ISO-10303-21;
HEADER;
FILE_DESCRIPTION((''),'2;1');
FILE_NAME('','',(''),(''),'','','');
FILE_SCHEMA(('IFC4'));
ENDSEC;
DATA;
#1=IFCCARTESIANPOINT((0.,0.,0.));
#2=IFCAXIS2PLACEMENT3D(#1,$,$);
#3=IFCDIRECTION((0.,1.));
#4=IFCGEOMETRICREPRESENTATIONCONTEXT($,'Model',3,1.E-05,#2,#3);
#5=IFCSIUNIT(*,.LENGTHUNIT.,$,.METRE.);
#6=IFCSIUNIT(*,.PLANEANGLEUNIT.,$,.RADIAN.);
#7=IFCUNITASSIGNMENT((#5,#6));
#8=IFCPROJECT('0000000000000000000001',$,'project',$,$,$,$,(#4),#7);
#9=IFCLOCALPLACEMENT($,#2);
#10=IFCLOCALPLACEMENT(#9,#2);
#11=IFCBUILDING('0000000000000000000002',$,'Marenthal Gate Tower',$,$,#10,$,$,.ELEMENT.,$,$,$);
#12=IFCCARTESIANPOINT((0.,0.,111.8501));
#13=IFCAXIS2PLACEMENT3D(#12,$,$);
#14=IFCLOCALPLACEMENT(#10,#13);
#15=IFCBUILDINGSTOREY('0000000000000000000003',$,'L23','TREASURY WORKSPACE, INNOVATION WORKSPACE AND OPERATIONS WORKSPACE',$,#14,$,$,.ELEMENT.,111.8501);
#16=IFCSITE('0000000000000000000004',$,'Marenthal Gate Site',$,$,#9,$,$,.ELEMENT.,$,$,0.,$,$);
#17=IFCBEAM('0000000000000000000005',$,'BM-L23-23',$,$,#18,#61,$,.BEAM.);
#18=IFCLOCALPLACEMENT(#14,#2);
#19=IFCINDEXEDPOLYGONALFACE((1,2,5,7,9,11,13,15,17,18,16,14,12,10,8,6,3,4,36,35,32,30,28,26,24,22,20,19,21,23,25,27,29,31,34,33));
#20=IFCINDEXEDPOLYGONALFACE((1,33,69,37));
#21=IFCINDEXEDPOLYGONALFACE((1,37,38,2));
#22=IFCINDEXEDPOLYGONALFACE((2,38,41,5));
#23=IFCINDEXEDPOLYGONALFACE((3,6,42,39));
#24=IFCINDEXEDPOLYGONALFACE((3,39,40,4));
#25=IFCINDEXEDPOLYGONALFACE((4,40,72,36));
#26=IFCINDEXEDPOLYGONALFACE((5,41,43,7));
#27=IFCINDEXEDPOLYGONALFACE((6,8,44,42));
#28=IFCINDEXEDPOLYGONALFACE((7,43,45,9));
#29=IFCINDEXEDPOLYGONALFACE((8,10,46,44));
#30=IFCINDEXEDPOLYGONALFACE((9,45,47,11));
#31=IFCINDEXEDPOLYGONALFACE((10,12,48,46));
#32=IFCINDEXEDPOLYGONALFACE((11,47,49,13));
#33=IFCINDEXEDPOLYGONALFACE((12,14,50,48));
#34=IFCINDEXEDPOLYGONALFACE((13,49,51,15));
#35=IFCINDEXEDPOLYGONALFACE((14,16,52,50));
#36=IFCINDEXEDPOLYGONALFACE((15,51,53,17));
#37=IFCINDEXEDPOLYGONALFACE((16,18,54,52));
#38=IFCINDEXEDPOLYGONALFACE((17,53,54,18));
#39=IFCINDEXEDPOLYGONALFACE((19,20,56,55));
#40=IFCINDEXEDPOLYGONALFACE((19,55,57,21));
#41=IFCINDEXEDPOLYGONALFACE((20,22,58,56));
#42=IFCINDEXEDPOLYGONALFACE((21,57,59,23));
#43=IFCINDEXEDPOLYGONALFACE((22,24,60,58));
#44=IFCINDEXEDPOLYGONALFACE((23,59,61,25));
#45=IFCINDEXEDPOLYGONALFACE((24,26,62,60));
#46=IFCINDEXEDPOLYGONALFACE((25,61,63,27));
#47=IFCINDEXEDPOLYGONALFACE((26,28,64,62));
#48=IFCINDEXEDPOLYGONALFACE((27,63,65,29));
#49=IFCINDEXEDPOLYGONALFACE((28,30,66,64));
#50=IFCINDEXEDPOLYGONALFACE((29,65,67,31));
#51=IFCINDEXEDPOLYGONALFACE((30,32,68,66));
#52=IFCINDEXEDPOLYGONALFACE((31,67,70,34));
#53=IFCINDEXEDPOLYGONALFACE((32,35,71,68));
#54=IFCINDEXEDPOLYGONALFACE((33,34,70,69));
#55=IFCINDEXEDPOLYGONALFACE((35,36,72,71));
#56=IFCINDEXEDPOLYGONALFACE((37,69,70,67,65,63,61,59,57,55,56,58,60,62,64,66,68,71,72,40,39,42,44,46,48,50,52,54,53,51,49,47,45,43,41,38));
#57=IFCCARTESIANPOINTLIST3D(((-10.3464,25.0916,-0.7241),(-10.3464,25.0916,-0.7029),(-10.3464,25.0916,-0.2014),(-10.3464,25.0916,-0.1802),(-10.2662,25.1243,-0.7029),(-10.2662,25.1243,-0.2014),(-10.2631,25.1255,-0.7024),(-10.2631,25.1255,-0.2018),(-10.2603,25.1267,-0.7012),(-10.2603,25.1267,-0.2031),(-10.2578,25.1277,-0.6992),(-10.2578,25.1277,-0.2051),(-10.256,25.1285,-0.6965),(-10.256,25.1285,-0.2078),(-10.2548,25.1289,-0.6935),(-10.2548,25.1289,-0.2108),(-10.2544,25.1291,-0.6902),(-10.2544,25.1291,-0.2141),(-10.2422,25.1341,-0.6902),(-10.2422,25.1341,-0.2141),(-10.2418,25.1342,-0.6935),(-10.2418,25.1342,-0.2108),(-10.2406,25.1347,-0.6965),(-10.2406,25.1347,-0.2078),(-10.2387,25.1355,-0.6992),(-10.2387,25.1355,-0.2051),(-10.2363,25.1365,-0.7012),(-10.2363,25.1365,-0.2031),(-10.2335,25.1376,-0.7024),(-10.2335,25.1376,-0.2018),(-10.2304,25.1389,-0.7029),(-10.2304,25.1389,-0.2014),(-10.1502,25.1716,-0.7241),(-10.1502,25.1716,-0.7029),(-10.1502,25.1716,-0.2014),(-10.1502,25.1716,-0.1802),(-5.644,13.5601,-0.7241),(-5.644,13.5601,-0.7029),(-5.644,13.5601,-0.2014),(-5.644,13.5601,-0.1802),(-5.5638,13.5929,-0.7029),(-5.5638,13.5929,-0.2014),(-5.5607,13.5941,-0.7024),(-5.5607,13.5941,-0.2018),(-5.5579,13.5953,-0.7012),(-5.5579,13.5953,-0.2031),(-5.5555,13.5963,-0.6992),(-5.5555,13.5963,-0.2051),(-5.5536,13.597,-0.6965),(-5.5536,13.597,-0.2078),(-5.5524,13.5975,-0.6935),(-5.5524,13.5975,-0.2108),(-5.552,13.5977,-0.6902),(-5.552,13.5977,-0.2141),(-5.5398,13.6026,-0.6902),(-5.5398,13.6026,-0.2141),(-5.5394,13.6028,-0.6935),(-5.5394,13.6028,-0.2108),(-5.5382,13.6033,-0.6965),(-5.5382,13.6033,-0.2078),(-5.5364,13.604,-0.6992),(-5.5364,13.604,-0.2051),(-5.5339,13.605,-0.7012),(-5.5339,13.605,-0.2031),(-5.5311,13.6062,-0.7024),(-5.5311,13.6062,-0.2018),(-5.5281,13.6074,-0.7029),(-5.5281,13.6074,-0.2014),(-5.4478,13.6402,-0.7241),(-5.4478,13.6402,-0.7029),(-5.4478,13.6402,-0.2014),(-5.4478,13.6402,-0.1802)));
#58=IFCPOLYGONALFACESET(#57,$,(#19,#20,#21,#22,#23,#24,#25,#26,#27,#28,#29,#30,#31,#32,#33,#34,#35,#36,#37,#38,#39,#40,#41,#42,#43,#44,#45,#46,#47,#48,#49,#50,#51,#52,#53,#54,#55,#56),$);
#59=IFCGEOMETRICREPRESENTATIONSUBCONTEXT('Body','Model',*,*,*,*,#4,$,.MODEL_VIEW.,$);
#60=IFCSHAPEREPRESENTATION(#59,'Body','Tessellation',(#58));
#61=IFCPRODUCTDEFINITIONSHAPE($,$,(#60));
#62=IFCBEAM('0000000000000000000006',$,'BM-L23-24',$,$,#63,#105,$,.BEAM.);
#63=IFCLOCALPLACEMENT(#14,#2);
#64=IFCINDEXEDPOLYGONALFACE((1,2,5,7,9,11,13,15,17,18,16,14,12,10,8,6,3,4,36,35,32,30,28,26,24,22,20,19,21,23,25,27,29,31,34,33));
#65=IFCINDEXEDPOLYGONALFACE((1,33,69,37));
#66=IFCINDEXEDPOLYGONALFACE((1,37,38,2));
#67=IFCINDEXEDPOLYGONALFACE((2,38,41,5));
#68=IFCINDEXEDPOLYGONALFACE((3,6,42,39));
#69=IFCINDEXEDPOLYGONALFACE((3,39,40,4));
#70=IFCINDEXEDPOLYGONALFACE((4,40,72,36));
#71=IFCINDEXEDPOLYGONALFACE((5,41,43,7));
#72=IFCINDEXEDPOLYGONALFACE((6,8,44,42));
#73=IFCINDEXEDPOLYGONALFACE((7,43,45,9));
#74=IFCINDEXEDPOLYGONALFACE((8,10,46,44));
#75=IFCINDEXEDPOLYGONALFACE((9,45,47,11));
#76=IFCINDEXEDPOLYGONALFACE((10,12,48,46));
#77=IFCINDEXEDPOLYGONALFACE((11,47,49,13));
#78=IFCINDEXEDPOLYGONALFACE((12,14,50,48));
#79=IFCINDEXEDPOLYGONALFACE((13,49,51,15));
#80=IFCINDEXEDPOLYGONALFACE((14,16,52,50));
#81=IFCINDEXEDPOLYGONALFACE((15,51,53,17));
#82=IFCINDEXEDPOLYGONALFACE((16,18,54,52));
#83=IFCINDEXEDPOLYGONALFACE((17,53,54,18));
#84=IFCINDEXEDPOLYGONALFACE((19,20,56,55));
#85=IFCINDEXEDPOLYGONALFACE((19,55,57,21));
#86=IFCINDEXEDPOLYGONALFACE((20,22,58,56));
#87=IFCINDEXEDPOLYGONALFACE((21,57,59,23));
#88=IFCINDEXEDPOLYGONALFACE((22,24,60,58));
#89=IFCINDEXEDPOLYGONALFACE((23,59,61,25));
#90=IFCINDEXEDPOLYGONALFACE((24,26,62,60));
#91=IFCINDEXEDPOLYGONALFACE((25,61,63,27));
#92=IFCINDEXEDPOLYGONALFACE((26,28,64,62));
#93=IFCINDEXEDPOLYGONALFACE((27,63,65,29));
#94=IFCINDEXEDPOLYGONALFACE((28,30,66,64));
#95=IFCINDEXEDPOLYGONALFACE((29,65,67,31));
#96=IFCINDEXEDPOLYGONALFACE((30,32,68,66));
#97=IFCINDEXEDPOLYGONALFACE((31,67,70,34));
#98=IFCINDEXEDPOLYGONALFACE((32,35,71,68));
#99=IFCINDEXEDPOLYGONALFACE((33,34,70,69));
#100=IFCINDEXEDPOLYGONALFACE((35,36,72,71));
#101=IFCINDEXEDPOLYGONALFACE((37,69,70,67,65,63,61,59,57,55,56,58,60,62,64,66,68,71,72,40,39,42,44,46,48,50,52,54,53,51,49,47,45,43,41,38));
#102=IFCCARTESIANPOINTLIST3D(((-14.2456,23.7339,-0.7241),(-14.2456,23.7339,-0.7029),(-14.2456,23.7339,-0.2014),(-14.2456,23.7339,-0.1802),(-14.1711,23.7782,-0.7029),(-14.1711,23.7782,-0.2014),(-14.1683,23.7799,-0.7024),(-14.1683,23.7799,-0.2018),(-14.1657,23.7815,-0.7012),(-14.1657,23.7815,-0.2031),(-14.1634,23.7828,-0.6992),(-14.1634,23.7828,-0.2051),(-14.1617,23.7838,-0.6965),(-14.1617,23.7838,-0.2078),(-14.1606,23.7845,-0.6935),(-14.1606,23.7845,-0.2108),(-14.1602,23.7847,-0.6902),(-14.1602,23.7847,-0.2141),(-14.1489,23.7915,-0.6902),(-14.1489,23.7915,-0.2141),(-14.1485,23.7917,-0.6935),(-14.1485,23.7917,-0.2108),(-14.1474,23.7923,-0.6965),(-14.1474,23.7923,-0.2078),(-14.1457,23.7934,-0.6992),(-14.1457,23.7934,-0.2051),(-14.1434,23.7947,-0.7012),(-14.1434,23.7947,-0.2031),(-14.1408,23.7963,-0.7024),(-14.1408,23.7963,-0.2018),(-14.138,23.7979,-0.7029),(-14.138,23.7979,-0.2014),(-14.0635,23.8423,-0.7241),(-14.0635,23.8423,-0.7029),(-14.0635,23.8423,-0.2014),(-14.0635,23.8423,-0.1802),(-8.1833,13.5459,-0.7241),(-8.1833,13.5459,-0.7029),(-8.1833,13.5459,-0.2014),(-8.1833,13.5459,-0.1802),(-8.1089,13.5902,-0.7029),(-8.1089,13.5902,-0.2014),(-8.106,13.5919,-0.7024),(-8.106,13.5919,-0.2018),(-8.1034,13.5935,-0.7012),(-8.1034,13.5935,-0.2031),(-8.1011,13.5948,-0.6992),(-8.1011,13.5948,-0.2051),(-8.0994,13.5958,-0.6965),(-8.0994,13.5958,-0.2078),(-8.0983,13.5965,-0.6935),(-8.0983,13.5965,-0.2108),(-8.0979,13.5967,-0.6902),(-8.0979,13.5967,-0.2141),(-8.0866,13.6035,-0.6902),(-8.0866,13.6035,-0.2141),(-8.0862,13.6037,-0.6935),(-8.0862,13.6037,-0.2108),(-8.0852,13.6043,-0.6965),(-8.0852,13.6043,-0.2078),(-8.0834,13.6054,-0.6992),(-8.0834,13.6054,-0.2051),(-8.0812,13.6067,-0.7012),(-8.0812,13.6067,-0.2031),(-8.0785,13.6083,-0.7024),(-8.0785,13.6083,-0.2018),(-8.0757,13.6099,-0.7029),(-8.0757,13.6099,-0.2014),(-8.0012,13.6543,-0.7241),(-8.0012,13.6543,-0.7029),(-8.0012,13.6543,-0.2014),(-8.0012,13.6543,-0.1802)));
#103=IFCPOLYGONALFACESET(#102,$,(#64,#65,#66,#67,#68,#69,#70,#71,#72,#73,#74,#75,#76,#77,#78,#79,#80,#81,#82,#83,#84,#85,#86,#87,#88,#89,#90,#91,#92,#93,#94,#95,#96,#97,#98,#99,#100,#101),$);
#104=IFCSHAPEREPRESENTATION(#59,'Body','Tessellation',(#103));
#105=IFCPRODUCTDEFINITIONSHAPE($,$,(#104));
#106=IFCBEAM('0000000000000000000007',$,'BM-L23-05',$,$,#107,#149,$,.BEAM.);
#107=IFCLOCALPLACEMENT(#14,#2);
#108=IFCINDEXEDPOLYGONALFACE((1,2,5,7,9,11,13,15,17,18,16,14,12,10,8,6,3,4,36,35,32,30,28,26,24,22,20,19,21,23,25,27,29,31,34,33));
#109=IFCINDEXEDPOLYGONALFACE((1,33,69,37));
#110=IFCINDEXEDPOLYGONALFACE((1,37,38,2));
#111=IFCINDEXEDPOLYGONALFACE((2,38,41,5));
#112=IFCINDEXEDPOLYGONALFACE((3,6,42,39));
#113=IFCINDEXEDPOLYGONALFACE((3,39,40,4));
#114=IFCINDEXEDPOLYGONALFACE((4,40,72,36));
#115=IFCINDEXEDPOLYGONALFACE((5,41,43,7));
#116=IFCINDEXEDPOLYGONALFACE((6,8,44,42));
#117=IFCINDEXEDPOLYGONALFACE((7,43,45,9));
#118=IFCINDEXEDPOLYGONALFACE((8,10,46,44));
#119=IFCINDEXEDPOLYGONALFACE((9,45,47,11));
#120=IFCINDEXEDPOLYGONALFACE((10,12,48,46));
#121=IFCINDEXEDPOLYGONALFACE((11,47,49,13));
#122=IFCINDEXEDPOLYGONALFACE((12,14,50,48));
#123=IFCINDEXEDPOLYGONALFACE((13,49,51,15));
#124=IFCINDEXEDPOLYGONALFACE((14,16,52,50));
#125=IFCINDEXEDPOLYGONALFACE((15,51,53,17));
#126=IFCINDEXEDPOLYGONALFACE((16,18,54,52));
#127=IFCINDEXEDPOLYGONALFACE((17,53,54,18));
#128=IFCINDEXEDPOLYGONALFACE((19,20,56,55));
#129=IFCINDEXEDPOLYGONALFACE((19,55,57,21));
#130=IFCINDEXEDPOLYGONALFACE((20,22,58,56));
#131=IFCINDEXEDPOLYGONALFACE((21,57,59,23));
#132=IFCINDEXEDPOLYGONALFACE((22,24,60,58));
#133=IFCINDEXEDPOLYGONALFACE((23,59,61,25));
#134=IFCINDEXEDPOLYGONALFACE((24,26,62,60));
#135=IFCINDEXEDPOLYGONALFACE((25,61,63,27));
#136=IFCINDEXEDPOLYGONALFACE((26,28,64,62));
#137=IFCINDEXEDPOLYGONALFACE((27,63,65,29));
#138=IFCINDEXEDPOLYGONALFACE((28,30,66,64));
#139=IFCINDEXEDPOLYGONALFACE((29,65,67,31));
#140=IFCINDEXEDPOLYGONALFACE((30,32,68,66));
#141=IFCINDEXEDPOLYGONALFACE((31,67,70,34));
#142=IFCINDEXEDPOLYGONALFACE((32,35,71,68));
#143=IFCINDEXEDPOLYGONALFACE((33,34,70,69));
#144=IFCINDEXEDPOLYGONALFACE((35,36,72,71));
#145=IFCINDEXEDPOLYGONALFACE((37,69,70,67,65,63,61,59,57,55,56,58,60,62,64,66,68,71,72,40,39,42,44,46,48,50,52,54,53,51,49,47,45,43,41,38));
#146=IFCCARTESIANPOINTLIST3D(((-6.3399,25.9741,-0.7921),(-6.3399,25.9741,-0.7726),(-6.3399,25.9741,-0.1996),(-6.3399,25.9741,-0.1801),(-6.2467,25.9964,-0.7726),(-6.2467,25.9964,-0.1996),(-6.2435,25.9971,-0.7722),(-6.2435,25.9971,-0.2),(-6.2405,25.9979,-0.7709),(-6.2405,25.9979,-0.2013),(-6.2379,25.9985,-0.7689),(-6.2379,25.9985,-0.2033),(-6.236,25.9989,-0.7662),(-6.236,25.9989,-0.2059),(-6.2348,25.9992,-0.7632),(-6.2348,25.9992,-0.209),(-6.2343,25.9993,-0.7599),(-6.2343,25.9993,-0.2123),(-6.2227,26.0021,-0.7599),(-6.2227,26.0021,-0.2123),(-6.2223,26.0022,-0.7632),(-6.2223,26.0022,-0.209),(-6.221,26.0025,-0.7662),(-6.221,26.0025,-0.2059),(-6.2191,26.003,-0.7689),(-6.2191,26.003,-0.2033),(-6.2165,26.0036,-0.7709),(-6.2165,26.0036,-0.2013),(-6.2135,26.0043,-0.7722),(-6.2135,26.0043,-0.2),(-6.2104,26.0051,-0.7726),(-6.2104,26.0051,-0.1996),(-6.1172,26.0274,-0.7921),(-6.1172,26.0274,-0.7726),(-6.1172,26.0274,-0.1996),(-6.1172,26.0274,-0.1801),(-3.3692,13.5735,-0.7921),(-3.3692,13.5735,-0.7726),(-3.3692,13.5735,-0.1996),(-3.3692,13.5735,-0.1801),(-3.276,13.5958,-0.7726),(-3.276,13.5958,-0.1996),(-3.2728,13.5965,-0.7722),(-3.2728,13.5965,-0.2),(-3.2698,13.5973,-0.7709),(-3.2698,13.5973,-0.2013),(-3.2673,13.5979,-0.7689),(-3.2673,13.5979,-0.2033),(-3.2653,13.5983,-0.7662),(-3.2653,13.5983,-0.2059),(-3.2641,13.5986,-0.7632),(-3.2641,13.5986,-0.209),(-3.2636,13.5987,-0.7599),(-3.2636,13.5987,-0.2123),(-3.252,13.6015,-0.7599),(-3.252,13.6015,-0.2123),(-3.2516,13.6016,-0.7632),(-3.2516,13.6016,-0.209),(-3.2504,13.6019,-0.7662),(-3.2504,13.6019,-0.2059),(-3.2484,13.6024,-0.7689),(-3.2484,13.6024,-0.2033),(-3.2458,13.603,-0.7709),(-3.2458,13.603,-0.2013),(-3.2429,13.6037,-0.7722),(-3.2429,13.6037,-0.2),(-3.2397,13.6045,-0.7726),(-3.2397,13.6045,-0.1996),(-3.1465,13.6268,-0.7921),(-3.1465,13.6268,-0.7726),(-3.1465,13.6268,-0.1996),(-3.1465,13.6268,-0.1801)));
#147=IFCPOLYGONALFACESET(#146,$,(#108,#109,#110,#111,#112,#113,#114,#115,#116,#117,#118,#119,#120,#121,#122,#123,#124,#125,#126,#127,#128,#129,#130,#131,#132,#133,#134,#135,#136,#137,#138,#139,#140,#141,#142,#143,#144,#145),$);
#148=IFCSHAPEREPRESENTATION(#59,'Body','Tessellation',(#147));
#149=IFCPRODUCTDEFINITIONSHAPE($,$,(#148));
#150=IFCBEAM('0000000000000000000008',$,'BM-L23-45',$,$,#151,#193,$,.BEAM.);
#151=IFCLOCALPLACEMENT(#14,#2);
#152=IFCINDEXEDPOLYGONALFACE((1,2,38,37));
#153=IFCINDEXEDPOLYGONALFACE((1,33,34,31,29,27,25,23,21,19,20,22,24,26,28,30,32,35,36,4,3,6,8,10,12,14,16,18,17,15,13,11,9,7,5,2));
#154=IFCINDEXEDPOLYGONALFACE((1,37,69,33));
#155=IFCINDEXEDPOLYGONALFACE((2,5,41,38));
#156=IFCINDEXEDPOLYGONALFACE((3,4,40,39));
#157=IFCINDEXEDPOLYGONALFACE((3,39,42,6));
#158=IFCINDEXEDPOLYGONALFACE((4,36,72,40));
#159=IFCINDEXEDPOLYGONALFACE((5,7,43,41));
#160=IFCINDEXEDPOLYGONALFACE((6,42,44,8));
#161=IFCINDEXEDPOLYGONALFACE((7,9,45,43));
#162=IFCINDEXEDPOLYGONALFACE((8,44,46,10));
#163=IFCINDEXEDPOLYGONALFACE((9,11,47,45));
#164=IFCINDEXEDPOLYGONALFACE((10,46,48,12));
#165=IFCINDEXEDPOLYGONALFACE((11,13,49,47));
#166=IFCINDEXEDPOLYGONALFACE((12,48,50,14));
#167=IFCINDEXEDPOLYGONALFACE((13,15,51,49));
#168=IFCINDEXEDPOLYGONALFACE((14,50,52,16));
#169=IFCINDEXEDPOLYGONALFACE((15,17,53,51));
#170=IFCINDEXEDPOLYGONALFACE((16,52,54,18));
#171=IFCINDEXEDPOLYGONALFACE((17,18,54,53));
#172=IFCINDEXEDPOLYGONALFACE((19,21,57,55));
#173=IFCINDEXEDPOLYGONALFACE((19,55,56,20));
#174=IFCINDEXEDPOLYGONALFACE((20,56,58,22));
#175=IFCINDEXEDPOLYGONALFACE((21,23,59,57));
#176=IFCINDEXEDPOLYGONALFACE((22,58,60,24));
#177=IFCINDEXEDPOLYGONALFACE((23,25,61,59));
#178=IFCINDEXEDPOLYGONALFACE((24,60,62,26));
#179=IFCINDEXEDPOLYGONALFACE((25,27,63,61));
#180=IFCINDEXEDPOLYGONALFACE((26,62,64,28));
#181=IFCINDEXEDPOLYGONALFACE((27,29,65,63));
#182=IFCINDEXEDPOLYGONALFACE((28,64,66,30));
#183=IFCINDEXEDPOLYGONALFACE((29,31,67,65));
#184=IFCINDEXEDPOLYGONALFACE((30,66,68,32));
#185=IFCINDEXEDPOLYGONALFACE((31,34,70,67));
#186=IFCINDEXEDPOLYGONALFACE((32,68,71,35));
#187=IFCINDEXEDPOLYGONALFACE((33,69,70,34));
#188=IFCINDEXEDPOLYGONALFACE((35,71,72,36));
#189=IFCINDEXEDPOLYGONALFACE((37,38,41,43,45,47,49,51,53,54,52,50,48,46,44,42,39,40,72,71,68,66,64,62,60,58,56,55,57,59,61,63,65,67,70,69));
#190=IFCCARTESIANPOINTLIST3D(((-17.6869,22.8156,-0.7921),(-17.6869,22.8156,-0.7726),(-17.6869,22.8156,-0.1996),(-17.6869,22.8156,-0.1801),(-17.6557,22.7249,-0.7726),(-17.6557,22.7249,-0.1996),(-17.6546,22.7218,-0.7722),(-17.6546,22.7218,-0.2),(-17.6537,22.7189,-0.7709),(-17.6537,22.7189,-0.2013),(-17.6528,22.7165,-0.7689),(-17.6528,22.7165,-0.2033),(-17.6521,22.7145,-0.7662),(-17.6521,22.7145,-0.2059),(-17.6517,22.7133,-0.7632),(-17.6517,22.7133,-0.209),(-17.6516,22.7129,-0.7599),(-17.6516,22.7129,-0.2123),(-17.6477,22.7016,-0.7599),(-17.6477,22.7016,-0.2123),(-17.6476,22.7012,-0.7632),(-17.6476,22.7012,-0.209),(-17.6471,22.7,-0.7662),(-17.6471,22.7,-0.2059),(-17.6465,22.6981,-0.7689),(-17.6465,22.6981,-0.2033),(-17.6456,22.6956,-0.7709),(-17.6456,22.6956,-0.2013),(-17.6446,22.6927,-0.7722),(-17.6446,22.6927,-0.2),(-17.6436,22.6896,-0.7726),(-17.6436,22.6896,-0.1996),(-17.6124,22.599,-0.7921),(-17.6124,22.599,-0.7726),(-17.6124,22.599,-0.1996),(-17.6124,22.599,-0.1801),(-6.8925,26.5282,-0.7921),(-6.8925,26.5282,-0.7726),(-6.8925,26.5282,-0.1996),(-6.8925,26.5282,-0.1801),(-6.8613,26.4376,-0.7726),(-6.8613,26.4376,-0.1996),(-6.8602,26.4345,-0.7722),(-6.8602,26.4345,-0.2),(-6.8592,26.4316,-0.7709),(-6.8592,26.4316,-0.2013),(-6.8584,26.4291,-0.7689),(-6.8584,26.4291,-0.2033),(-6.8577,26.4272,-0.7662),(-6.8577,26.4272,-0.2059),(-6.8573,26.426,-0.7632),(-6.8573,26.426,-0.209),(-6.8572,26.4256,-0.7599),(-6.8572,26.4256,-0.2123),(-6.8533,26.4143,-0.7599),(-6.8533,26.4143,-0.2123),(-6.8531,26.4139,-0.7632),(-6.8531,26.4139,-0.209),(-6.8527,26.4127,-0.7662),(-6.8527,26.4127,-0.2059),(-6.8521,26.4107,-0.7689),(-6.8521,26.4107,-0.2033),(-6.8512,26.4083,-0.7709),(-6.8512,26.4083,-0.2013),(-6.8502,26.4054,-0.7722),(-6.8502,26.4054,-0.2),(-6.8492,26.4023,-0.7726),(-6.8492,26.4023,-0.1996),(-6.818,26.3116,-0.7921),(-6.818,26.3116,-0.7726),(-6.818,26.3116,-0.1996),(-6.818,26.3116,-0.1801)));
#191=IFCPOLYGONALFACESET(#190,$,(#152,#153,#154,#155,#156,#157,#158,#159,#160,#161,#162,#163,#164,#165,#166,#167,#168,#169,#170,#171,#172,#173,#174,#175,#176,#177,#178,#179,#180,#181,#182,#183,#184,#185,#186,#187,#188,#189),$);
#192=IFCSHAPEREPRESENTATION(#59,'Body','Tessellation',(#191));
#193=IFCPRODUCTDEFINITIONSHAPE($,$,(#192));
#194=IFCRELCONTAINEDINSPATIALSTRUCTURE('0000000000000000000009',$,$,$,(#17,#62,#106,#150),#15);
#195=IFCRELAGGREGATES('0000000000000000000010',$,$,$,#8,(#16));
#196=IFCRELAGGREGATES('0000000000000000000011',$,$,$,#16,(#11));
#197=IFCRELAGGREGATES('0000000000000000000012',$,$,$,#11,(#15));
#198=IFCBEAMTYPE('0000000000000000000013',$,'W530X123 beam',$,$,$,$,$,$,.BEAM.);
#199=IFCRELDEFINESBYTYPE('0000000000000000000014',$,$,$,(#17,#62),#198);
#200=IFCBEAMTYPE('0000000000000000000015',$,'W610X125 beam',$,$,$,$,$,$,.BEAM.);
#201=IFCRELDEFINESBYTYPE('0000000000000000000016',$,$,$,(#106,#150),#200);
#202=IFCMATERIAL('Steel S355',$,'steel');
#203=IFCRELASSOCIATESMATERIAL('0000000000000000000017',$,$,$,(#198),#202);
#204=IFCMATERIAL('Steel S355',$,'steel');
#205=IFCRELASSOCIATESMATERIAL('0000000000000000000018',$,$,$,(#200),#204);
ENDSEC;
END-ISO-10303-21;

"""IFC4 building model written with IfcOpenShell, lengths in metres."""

from ifc_helpers import new_model, si_unit, direction, frame, origin, origin_2d, place, context, subcontext, project, spatial, i_section, extrude, material, material_profile, profile_set, type_object, element, save


model = new_model("IFC4")

# Units and contexts
model_context = context("Model", 3, precision=1e-05, world=origin(), true_north=direction((0.0, 1.0)))
body_context = subcontext(model_context, "Body", "Model", "MODEL_VIEW")
ifc_project = project(units=[si_unit("LENGTHUNIT", "METRE"), si_unit("PLANEANGLEUNIT", "RADIAN")], contexts=[model_context])

# Site, building, storey
site_placement = place(None, origin())
site = spatial("IfcSite", under=ifc_project, at=site_placement, Name="Marenthal Gate Site", CompositionType="ELEMENT", RefElevation=0.0)
building_placement = place(site_placement, origin())
building = spatial("IfcBuilding", under=site, at=building_placement, Name="Marenthal Gate Tower", CompositionType="ELEMENT")
storey_placement = place(building_placement, frame((0.0, 0.0, 111.8501)))
storey = spatial("IfcBuildingStorey", under=building, at=storey_placement, Name="L23", Description="TREASURY WORKSPACE, INNOVATION WORKSPACE AND OPERATIONS WORKSPACE", CompositionType="ELEMENT", Elevation=111.8501)

# Beams
ifc_material_1 = material(Name="Steel S355", Category="steel")
ifc_material_profile_1 = material_profile(ifc_material_1, i_section(OverallWidth=0.2119, OverallDepth=0.5439, WebThickness=0.0132, FlangeThickness=0.0212, FilletRadius=0.0127, at=origin_2d()), Name="W530X123")
ifc_profile_set_1 = profile_set([ifc_material_profile_1], Name="Steel S355")
beam_type_1 = type_object("IfcBeamType", Name="W530X123 beam", PredefinedType="BEAM", material=ifc_profile_set_1)
beam_1_placement = place(storey_placement, frame((-10.2483, 25.1316, -0.4521), z_axis=(0.377598, -0.92597, 0.0), x_axis=(0.92597, 0.377598, 0.0)))
element("IfcBeam", 1, at=beam_1_placement, inside=storey, type_object=beam_type_1, Name="BM-L23-23", PredefinedType="BEAM", context=body_context, shape_type="SweptSolid", body=[
    extrude(i_section(OverallWidth=0.2119, OverallDepth=0.5439, WebThickness=0.0132, FlangeThickness=0.0212, FilletRadius=0.0127, at=origin_2d()), origin(), (0.0, 0.0, 1.0), 12.4534),
])
beam_2_placement = place(storey_placement, frame((-14.1545, 23.7881, -0.4521), z_axis=(0.511358, -0.859368, 0.0), x_axis=(0.859368, 0.511358, 0.0)))
element("IfcBeam", 2, at=beam_2_placement, inside=storey, type_object=beam_type_1, Name="BM-L23-24", PredefinedType="BEAM", context=body_context, shape_type="SweptSolid", body=[
    extrude(i_section(OverallWidth=0.2119, OverallDepth=0.5439, WebThickness=0.0132, FlangeThickness=0.0212, FilletRadius=0.0127, at=origin_2d()), origin(), (0.0, 0.0, 1.0), 11.8552),
])
ifc_material_2 = material(Name="Steel S355", Category="steel")
ifc_material_profile_2 = material_profile(ifc_material_2, i_section(OverallWidth=0.229, OverallDepth=0.6121, WebThickness=0.012, FlangeThickness=0.0195, FilletRadius=0.0127, at=origin_2d()), Name="W610X125")
ifc_profile_set_2 = profile_set([ifc_material_profile_2], Name="Steel S355")
beam_type_2 = type_object("IfcBeamType", Name="W610X125 beam", PredefinedType="BEAM", material=ifc_profile_set_2)
beam_3_placement = place(storey_placement, frame((-6.2285, 26.0007, -0.4861), z_axis=(0.232969, -0.972484, 0.0), x_axis=(0.972484, 0.232969, 0.0)))
element("IfcBeam", 3, at=beam_3_placement, inside=storey, type_object=beam_type_2, Name="BM-L23-05", PredefinedType="BEAM", context=body_context, shape_type="SweptSolid", body=[
    extrude(i_section(OverallWidth=0.229, OverallDepth=0.6121, WebThickness=0.012, FlangeThickness=0.0195, FilletRadius=0.0127, at=origin_2d()), origin(), (0.0, 0.0, 1.0), 12.7515),
])
beam_4_placement = place(storey_placement, frame((-6.8552, 26.4199, -0.4861), z_axis=(-0.945631, -0.325241, 0.0), x_axis=(0.325241, -0.945631, 0.0)))
element("IfcBeam", 4, at=beam_4_placement, inside=storey, type_object=beam_type_2, Name="BM-L23-45", PredefinedType="BEAM", context=body_context, shape_type="SweptSolid", body=[
    extrude(i_section(OverallWidth=0.229, OverallDepth=0.6121, WebThickness=0.012, FlangeThickness=0.0195, FilletRadius=0.0127, at=origin_2d()), origin(), (0.0, 0.0, 1.0), 11.415),
])

save(model, "model.ifc")
